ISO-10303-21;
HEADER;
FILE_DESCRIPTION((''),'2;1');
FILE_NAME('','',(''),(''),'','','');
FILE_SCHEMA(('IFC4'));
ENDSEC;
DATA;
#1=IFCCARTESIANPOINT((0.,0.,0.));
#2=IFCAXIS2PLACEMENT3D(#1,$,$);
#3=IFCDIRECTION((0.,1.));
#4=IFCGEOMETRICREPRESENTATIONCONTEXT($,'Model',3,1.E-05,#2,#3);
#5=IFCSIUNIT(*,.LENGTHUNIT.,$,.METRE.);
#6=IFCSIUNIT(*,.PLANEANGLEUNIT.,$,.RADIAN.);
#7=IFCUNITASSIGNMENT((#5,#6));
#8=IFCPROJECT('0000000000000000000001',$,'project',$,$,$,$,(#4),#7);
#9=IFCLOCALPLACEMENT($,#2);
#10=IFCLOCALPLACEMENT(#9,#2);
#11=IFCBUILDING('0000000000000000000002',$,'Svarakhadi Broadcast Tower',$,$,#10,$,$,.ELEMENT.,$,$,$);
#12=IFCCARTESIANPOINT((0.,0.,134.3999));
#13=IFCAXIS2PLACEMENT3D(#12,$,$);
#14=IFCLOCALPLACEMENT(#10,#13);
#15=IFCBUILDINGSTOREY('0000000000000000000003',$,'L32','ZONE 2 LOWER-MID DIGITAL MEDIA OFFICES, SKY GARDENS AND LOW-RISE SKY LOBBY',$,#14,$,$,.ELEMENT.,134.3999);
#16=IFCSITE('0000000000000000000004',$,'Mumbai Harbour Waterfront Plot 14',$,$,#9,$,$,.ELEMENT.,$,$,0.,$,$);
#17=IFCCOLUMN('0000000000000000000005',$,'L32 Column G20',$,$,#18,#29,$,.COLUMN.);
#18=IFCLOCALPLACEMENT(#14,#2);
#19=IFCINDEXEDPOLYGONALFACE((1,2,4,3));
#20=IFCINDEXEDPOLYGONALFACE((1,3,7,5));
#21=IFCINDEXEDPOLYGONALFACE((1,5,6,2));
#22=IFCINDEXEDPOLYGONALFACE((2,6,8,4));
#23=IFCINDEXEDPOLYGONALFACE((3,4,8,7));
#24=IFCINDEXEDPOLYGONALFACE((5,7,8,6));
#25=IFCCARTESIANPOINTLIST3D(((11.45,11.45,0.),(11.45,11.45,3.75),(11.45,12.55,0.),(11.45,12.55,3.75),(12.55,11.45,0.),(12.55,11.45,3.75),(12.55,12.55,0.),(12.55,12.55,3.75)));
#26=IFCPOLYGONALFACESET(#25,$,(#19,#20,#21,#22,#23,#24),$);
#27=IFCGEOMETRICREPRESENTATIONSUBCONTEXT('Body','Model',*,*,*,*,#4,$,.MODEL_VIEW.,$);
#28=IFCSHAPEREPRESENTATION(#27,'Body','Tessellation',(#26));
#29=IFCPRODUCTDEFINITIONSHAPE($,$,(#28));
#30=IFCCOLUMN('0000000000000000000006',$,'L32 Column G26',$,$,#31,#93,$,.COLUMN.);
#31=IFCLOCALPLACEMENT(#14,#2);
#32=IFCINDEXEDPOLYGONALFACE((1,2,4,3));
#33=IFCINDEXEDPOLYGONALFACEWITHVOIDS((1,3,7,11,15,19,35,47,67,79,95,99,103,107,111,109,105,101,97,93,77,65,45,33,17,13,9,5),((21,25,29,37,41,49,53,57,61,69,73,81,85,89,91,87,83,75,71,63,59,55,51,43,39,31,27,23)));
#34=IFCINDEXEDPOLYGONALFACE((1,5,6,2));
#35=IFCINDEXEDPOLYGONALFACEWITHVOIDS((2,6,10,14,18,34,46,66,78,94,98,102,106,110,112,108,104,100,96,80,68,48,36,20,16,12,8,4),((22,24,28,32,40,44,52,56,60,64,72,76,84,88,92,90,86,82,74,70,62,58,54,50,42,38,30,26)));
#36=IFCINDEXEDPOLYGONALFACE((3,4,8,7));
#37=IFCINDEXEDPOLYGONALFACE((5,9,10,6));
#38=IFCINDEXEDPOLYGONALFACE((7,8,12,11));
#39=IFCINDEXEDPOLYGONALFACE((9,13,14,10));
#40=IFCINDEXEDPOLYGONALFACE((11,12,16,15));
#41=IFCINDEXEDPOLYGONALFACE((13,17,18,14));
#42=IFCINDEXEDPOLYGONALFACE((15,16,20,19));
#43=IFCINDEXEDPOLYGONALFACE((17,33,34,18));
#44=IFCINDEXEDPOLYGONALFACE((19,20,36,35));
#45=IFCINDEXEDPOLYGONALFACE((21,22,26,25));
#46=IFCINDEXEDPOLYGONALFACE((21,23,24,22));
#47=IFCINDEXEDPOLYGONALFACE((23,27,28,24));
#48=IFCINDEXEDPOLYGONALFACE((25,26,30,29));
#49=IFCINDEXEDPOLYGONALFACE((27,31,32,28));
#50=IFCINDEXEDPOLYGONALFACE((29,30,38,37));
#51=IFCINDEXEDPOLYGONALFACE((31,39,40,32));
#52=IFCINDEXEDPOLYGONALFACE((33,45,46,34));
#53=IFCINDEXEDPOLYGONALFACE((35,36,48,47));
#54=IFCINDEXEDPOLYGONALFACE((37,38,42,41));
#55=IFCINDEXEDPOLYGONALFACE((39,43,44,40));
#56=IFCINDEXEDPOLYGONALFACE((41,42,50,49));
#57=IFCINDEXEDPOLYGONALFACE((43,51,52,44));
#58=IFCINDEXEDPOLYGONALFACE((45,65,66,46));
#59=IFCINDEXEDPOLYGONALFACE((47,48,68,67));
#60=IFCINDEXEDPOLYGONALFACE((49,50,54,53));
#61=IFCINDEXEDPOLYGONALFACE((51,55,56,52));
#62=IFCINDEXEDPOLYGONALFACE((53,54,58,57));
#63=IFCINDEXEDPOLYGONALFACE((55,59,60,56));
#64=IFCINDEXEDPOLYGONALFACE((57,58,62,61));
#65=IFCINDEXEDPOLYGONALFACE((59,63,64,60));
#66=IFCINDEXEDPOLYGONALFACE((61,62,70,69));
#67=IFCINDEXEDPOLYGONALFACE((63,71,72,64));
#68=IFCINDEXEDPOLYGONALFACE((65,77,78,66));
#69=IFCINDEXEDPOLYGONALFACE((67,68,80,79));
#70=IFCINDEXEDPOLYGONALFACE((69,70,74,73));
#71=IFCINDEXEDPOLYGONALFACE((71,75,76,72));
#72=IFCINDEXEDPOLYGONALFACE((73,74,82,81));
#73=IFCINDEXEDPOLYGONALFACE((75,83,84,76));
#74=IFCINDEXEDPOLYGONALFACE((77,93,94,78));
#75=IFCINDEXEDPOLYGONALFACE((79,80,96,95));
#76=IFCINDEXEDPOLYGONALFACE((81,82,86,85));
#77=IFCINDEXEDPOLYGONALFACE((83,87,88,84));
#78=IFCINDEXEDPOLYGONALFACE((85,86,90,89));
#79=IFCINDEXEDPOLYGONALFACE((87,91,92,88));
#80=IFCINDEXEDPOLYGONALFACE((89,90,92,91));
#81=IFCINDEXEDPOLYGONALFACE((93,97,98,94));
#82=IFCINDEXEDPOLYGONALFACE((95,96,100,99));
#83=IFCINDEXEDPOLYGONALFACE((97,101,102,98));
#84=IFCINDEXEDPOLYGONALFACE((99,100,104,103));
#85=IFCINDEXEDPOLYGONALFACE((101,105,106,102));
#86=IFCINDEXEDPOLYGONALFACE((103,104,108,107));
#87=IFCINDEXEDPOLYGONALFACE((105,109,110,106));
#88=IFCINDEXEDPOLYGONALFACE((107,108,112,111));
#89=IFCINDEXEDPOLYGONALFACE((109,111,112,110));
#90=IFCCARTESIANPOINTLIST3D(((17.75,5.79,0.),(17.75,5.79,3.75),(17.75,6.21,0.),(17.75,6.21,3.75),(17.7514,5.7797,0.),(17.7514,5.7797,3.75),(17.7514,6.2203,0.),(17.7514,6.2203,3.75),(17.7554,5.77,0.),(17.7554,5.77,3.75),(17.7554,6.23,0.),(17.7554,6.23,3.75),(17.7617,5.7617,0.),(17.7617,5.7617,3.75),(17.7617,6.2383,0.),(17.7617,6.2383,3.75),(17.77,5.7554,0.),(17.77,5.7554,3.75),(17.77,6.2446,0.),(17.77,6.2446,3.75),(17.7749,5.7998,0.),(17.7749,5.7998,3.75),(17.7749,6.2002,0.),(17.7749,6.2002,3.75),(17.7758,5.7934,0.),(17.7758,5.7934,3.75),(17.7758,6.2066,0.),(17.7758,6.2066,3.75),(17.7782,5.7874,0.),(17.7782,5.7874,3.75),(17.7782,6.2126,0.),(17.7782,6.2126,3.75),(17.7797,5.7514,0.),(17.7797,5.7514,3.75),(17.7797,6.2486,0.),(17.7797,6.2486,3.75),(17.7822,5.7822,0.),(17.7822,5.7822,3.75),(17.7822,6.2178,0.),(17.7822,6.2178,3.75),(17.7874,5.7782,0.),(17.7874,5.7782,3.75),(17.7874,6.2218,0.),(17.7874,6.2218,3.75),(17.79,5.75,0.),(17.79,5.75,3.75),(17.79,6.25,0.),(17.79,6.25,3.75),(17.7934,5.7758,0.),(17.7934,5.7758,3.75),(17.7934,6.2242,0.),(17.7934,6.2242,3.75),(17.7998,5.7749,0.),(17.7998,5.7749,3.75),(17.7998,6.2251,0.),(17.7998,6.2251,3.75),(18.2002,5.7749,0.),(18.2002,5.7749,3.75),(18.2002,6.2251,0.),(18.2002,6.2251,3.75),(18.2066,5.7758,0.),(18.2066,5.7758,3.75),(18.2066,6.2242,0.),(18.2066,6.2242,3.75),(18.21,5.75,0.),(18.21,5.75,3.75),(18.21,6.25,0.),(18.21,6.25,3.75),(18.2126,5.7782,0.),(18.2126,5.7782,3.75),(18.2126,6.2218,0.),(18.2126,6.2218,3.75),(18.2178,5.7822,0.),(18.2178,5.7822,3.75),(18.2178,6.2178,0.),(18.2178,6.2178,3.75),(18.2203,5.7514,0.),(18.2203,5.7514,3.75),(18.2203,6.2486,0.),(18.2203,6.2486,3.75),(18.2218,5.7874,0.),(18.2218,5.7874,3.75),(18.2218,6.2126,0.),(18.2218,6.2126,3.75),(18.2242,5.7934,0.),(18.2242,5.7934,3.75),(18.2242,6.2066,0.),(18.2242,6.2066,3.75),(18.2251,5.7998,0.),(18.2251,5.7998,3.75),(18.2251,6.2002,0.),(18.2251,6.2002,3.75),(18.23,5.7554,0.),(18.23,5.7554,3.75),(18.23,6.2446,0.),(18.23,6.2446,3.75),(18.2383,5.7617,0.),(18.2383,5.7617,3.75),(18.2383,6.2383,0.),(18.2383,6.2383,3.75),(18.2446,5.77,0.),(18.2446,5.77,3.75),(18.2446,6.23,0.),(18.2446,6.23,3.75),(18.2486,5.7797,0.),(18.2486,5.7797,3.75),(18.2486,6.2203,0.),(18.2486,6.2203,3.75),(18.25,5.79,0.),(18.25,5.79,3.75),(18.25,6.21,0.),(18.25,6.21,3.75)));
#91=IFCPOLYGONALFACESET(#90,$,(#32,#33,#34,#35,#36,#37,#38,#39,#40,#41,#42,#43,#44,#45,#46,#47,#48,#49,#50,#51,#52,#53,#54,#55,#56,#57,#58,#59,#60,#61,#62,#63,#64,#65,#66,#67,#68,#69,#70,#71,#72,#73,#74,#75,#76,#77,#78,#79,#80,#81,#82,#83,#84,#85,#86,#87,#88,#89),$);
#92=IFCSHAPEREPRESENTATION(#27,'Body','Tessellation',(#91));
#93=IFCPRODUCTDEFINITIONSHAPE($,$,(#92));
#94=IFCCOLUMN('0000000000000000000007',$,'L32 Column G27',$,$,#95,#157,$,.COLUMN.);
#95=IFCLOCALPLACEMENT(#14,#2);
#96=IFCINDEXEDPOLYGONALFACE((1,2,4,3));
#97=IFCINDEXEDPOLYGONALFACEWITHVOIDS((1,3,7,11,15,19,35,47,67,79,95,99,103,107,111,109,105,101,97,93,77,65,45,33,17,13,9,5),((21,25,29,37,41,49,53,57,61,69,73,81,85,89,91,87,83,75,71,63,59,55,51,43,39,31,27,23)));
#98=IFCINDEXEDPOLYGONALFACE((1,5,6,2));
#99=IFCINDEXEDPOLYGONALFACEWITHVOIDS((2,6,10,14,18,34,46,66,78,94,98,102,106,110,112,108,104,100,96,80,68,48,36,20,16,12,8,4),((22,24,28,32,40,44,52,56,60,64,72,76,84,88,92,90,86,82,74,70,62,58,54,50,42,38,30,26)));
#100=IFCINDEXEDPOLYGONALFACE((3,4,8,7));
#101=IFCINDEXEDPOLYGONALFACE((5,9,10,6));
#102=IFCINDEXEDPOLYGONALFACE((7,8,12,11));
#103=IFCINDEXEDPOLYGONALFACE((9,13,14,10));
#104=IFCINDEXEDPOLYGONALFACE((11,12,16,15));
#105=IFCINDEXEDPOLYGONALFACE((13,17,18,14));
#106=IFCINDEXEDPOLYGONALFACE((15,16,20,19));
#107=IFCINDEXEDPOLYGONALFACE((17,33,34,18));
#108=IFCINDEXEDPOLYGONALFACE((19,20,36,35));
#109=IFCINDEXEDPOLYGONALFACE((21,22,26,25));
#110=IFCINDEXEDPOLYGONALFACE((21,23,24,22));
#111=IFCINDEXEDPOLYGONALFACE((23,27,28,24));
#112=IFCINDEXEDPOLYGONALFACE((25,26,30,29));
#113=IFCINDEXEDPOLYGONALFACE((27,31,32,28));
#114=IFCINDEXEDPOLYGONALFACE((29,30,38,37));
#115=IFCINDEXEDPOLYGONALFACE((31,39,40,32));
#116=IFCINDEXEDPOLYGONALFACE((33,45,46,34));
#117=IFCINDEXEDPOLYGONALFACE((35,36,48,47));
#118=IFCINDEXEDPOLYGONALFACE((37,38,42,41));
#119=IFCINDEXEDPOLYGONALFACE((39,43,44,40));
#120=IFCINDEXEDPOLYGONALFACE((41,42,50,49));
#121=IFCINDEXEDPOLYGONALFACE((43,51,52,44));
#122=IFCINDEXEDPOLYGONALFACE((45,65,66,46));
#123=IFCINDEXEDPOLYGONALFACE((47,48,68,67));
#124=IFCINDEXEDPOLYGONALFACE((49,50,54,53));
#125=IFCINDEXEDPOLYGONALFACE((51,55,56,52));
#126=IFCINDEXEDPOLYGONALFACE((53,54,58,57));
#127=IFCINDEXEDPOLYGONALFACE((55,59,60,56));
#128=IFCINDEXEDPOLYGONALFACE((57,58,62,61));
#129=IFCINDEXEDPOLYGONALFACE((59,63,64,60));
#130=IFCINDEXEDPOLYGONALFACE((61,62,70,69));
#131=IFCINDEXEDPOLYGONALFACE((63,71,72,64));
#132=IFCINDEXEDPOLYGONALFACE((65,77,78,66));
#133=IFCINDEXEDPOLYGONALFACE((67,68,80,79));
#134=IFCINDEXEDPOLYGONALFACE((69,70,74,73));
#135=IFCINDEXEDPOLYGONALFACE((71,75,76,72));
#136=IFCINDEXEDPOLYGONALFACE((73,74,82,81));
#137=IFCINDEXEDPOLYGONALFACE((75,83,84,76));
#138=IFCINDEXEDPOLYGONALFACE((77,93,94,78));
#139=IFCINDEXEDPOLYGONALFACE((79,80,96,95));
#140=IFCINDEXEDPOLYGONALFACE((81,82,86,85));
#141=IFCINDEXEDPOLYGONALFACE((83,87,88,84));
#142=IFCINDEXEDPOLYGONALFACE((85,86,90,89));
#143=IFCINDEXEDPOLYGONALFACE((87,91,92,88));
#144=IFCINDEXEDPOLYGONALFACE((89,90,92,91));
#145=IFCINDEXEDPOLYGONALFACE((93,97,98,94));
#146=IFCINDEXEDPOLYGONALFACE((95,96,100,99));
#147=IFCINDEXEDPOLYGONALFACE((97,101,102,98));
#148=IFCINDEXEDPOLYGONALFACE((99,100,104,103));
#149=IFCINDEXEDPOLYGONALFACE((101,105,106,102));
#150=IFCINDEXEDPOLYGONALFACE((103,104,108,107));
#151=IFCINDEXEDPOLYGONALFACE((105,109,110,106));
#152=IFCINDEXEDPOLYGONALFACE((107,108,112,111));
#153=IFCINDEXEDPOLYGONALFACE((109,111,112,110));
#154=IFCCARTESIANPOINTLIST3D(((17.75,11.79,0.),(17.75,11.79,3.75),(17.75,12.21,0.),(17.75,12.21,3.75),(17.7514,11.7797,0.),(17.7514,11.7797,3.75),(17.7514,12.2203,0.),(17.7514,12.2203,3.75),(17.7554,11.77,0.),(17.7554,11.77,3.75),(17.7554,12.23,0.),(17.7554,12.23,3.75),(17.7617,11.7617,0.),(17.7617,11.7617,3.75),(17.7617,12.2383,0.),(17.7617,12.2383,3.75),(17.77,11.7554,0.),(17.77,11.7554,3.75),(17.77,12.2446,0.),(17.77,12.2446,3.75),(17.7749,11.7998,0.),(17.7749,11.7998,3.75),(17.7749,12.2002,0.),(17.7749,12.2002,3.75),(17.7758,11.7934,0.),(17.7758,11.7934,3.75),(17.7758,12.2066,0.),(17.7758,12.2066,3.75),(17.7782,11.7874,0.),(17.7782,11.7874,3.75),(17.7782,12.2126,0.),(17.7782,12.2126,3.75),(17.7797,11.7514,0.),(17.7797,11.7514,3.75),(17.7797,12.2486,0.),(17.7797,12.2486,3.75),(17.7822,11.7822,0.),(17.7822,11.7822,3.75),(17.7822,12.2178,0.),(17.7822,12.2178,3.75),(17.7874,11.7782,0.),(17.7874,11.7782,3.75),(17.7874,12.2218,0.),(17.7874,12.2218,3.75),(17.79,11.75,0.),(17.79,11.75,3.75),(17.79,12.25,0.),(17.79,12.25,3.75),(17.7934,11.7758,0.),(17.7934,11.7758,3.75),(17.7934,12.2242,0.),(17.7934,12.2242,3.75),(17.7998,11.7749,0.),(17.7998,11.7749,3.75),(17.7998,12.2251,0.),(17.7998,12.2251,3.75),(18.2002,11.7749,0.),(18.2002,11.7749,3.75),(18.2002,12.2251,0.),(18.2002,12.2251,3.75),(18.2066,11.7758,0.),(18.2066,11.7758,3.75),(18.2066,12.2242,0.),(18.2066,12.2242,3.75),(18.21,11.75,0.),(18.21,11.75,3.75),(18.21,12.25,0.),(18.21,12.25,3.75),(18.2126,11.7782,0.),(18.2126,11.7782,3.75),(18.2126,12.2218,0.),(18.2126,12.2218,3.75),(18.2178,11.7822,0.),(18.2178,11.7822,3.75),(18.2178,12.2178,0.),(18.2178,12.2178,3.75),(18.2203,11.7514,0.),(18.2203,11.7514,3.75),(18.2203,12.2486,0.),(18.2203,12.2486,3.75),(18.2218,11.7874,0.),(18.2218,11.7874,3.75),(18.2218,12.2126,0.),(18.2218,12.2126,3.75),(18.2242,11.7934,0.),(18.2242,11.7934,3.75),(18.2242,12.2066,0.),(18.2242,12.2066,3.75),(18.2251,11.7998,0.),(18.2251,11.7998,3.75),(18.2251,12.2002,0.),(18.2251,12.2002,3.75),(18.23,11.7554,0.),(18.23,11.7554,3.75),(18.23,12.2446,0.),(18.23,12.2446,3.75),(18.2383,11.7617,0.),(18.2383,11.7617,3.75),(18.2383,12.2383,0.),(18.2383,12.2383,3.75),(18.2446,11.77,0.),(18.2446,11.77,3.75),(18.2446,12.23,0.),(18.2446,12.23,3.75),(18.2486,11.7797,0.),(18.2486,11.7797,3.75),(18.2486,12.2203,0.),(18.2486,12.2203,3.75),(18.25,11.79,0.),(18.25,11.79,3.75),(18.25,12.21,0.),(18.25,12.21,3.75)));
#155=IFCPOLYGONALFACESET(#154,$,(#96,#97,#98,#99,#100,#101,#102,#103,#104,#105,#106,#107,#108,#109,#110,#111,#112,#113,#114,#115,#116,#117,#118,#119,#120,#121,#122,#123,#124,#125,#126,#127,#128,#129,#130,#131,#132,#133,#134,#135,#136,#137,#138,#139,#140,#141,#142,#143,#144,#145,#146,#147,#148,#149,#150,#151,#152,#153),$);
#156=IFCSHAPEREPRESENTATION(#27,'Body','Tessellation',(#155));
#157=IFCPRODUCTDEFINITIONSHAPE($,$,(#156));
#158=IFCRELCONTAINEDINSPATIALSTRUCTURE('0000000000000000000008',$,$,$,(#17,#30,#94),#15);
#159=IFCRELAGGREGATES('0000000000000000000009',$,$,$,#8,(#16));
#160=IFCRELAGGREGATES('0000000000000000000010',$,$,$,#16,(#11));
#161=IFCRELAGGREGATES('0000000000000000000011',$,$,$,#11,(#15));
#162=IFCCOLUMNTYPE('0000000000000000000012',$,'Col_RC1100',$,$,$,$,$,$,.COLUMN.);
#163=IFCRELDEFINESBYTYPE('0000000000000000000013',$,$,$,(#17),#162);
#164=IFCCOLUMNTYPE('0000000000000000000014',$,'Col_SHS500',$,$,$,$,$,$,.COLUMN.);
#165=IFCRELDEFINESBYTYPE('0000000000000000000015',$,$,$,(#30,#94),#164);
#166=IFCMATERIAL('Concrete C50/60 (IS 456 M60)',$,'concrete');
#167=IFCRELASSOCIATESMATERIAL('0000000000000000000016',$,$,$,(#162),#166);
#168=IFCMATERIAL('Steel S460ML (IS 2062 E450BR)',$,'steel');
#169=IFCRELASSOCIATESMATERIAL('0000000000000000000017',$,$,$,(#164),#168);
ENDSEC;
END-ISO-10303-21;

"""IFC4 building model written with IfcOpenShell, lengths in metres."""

from ifc_helpers import new_model, si_unit, direction, frame, origin, origin_2d, place, context, subcontext, project, spatial, rectangle, hollow_rectangle, extrude, material, material_profile, profile_set, type_object, element, save


model = new_model("IFC4")

# Units and contexts
model_context = context("Model", 3, precision=1e-05, world=origin(), true_north=direction((0.0, 1.0)))
body_context = subcontext(model_context, "Body", "Model", "MODEL_VIEW")
ifc_project = project(units=[si_unit("LENGTHUNIT", "METRE"), si_unit("PLANEANGLEUNIT", "RADIAN")], contexts=[model_context])

# Site, building, storey
site_placement = place(None, origin())
site = spatial("IfcSite", under=ifc_project, at=site_placement, Name="Mumbai Harbour Waterfront Plot 14", CompositionType="ELEMENT", RefElevation=0.0)
building_placement = place(site_placement, origin())
building = spatial("IfcBuilding", under=site, at=building_placement, Name="Svarakhadi Broadcast Tower", CompositionType="ELEMENT")
storey_placement = place(building_placement, frame((0.0, 0.0, 134.3999)))
storey = spatial("IfcBuildingStorey", under=building, at=storey_placement, Name="L32", Description="ZONE 2 LOWER-MID DIGITAL MEDIA OFFICES, SKY GARDENS AND LOW-RISE SKY LOBBY", CompositionType="ELEMENT", Elevation=134.3999)

# Columns
ifc_material_1 = material(Name="Concrete C50/60 (IS 456 M60)", Category="concrete")
ifc_material_profile_1 = material_profile(ifc_material_1, rectangle(XDim=1.1001, YDim=1.1001, at=origin_2d()), Name="RC 1100x1100")
ifc_profile_set_1 = profile_set([ifc_material_profile_1], Name="Concrete C50/60 (IS 456 M60)")
column_type_1 = type_object("IfcColumnType", Name="Col_RC1100", PredefinedType="COLUMN", material=ifc_profile_set_1)
column_placement = place(storey_placement, frame((12.0, 12.0, 0.0), z_axis=(0.0, 0.0, 1.0), x_axis=(1.0, 0.0, 0.0)))
element("IfcColumn", 1, at=column_placement, inside=storey, type_object=column_type_1, Name="L32 Column G20", PredefinedType="COLUMN", context=body_context, shape_type="SweptSolid", body=[
    extrude(rectangle(XDim=1.1001, YDim=1.1001, at=origin_2d()), origin(), (0.0, 0.0, 1.0), 3.75),
])
ifc_material_2 = material(Name="Steel S460ML (IS 2062 E450BR)", Category="steel")
ifc_material_profile_2 = material_profile(ifc_material_2, hollow_rectangle(XDim=0.5, YDim=0.5, WallThickness=0.0249, InnerFilletRadius=0.0249, OuterFilletRadius=0.04, at=origin_2d()), Name="SHS 500x500x25")
ifc_profile_set_2 = profile_set([ifc_material_profile_2], Name="Steel S460ML (IS 2062 E450BR)")
column_type_2 = type_object("IfcColumnType", Name="Col_SHS500", PredefinedType="COLUMN", material=ifc_profile_set_2)
for number, where, z_axis, x_axis, name in (
    (2, (18.0, 6.0, 0.0), (0.0, 0.0, 1.0), (1.0, 0.0, 0.0), "L32 Column G26"),
    (3, (18.0, 12.0, 0.0), (0.0, 0.0, 1.0), (1.0, 0.0, 0.0), "L32 Column G27"),
):
    element("IfcColumn", number, at=place(storey_placement, frame(where, z_axis=z_axis, x_axis=x_axis)), inside=storey, type_object=column_type_2, Name=name, PredefinedType="COLUMN", context=body_context, shape_type="SweptSolid", body=[
        extrude(hollow_rectangle(XDim=0.5, YDim=0.5, WallThickness=0.0249, InnerFilletRadius=0.0249, OuterFilletRadius=0.04, at=origin_2d()), origin(), (0.0, 0.0, 1.0), 3.75),
    ])

save(model, "model.ifc")
